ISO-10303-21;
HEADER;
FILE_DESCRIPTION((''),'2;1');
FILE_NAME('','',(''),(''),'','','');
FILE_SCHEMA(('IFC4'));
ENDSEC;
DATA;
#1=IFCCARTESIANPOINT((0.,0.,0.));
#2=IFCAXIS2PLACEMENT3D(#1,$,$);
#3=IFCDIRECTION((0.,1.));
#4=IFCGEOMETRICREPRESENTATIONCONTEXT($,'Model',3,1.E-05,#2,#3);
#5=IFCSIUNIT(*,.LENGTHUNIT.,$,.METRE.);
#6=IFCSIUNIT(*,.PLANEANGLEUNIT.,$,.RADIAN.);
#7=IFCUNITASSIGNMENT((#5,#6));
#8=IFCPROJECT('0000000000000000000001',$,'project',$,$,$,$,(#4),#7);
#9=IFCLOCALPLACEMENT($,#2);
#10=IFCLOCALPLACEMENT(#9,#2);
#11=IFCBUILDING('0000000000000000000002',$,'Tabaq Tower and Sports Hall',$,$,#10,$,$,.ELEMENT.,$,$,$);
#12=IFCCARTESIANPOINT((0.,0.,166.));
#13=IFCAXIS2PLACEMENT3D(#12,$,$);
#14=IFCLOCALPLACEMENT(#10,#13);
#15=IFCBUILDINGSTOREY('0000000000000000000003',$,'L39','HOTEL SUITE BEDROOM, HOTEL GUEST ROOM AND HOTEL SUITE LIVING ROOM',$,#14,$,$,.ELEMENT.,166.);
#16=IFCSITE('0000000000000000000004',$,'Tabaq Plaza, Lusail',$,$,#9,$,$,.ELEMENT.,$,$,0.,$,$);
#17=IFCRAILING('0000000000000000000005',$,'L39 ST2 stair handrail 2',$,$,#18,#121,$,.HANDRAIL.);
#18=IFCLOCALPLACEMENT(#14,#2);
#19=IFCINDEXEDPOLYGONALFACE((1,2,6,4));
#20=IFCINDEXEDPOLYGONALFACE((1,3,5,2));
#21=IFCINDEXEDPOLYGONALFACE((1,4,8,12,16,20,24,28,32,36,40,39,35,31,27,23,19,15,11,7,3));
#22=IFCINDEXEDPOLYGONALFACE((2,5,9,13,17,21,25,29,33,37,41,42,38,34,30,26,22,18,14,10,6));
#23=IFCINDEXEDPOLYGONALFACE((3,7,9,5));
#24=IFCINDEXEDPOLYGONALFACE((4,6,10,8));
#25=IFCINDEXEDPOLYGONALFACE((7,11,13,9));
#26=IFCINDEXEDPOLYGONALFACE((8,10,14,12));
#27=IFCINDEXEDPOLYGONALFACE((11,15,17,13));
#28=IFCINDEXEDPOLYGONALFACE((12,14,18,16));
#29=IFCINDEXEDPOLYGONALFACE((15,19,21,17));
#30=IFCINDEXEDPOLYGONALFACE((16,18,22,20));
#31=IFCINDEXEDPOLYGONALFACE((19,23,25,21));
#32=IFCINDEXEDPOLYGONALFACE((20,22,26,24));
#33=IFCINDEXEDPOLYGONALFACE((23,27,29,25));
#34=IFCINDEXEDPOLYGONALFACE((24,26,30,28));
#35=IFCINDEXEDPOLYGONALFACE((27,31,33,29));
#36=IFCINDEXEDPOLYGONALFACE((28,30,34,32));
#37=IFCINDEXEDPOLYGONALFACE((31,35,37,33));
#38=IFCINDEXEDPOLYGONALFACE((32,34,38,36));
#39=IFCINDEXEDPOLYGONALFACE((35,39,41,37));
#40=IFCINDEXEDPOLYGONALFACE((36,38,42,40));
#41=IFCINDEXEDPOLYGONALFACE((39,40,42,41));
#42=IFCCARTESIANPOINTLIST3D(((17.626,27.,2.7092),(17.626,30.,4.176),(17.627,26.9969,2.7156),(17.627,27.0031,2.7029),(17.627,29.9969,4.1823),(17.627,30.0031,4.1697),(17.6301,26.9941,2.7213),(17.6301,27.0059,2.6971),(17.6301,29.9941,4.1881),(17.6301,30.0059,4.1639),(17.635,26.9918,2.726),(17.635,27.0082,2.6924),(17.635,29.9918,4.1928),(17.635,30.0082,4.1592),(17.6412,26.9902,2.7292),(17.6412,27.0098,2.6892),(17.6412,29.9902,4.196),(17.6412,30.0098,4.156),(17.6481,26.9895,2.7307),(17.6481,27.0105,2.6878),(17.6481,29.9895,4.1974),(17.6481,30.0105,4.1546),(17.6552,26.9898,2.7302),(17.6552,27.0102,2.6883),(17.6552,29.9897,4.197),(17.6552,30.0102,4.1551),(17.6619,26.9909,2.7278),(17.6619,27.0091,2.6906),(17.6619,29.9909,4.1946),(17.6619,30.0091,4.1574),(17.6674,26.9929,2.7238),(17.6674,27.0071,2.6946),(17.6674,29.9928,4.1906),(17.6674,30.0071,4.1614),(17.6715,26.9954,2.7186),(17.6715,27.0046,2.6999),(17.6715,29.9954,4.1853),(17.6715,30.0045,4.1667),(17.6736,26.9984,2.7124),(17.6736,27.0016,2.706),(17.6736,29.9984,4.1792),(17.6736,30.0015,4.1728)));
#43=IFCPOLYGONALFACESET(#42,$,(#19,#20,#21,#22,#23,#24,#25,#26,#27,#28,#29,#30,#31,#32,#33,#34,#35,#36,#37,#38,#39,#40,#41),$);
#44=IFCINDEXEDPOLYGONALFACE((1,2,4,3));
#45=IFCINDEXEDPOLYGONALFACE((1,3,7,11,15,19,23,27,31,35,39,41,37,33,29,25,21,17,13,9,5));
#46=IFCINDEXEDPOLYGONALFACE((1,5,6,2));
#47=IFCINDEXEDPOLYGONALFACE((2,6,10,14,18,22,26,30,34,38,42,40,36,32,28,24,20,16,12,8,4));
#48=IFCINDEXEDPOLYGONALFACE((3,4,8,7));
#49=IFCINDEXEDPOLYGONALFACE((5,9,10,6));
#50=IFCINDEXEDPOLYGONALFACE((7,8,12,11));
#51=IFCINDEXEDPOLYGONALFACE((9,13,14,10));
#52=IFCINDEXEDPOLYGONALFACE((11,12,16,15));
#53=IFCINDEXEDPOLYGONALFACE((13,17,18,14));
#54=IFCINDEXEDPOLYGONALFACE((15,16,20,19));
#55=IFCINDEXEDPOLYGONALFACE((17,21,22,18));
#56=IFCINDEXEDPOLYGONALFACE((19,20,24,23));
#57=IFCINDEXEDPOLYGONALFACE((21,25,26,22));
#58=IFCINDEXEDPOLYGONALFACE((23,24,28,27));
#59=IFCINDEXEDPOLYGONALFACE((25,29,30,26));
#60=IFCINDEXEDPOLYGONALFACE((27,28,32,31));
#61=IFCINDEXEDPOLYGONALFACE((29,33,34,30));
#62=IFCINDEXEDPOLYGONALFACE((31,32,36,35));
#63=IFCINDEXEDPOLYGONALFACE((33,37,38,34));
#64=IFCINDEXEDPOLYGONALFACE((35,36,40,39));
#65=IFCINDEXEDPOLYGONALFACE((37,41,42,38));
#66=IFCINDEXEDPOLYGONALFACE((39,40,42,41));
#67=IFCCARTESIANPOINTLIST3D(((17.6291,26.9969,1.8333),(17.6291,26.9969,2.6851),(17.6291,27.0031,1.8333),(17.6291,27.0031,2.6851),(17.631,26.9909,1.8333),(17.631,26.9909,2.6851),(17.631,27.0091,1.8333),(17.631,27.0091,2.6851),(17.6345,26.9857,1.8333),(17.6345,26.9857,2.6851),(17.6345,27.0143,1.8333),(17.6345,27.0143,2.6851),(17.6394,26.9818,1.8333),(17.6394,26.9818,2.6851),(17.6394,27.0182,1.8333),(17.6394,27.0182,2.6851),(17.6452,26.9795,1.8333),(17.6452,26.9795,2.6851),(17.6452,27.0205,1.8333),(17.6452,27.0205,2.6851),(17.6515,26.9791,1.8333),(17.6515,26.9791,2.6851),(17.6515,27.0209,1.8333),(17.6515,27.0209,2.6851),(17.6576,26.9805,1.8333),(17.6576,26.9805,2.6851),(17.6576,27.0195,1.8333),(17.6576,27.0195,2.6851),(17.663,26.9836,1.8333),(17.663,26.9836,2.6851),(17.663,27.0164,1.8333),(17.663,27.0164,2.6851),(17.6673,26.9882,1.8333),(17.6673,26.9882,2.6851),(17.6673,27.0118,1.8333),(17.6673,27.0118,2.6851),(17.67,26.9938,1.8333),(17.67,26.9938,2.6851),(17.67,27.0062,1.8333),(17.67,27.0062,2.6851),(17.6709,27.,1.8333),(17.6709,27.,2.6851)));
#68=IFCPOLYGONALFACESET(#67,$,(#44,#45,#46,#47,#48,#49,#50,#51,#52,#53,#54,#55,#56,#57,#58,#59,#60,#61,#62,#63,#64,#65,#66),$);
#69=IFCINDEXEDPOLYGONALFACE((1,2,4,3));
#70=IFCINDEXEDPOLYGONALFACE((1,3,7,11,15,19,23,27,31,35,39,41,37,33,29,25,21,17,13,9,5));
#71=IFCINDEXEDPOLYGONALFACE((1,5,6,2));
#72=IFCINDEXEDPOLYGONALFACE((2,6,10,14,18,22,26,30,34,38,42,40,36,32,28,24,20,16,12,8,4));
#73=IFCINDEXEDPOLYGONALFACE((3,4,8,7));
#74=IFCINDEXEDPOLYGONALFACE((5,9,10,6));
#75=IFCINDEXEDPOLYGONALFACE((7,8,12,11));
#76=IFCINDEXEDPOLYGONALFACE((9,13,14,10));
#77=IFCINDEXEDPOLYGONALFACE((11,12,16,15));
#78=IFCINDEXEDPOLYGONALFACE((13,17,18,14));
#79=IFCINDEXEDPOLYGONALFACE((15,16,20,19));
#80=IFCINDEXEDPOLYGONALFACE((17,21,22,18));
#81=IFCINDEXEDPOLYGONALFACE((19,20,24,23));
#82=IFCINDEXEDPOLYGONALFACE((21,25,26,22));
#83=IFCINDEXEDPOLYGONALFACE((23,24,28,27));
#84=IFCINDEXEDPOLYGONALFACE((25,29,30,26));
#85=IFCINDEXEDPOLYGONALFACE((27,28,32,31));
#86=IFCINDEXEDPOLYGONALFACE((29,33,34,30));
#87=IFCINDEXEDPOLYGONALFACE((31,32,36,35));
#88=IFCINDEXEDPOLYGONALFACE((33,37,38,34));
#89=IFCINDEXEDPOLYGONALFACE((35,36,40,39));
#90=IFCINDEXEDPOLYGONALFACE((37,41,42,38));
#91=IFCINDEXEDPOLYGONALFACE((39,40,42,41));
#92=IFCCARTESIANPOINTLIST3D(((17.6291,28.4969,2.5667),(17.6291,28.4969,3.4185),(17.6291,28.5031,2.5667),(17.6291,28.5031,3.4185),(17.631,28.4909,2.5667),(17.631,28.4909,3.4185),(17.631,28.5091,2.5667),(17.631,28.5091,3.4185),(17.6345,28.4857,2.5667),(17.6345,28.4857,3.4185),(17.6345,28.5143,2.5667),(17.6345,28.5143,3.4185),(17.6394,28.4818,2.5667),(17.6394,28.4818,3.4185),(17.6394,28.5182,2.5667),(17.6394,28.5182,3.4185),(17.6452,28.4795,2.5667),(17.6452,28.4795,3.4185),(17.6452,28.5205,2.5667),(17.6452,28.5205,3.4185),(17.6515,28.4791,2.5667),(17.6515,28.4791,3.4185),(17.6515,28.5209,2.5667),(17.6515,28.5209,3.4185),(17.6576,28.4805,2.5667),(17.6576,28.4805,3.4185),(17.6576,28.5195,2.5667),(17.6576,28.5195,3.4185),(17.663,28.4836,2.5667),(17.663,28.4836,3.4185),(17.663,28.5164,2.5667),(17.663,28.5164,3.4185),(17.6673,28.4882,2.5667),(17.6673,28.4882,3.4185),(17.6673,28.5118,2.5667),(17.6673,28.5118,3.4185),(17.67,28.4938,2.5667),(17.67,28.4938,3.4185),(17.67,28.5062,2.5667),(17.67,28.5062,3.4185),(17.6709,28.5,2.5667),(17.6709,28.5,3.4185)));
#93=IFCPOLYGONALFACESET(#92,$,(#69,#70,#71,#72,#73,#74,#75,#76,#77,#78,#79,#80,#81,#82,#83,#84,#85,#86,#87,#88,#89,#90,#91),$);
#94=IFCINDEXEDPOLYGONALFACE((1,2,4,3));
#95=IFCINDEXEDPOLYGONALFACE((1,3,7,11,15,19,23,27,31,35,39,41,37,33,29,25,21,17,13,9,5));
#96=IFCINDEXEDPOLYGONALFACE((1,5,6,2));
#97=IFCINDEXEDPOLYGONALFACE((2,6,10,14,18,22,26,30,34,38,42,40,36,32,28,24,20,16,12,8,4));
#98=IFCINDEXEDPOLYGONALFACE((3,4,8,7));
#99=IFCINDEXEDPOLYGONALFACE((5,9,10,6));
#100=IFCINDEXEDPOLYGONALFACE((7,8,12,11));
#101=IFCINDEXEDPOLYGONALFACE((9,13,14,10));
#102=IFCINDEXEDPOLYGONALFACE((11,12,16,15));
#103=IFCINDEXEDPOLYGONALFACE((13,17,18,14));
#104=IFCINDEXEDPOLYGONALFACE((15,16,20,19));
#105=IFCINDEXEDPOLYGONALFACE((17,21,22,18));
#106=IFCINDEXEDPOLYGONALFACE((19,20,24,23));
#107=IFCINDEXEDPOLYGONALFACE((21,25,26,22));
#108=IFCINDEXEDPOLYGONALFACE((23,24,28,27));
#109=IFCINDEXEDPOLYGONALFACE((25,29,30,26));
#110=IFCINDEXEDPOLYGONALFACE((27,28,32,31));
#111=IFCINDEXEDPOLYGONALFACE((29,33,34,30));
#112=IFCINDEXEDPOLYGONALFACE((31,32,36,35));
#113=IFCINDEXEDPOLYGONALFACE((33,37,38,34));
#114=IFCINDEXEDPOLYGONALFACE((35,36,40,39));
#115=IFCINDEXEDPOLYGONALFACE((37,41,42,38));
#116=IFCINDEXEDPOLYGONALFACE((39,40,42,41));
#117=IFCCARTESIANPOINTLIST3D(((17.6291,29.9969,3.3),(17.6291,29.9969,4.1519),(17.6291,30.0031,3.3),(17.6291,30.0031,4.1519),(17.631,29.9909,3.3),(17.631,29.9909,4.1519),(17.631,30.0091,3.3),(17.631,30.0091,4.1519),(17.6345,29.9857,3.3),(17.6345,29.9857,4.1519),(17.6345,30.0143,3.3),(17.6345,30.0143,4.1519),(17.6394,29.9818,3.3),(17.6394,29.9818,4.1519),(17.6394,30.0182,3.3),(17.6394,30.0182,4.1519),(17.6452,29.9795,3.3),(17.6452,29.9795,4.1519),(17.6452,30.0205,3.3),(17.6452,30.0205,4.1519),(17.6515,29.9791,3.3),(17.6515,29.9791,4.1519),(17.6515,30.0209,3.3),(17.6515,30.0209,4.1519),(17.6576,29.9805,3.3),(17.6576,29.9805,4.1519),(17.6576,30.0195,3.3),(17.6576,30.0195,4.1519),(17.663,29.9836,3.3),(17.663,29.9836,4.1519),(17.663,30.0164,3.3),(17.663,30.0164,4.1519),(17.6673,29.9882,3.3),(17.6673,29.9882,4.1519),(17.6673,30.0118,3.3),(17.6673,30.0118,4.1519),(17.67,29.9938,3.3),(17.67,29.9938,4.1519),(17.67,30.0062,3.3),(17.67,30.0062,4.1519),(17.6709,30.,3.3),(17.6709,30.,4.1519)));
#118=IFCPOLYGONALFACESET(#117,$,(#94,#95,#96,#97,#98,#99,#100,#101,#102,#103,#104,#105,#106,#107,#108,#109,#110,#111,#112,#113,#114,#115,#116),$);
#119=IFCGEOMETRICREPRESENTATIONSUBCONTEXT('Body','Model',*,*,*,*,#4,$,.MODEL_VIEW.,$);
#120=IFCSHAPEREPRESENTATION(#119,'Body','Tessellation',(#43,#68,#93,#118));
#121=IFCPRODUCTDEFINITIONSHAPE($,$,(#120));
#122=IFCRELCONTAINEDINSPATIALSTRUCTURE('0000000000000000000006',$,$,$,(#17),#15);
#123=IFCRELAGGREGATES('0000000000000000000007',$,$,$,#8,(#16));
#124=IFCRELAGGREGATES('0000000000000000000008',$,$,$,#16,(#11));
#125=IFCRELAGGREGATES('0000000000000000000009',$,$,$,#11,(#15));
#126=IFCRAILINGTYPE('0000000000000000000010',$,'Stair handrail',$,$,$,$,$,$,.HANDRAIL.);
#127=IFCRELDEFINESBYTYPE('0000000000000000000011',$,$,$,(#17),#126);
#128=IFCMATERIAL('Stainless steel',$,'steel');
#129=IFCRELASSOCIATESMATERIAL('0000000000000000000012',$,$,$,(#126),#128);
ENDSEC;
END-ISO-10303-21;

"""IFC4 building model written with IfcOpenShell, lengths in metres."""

from ifc_helpers import new_model, si_unit, direction, frame, origin, origin_2d, place, context, subcontext, project, spatial, circle, extrude, material, type_object, element, save


model = new_model("IFC4")

# Units and contexts
model_context = context("Model", 3, precision=1e-05, world=origin(), true_north=direction((0.0, 1.0)))
body_context = subcontext(model_context, "Body", "Model", "MODEL_VIEW")
ifc_project = project(units=[si_unit("LENGTHUNIT", "METRE"), si_unit("PLANEANGLEUNIT", "RADIAN")], contexts=[model_context])

# Site, building, storey
site_placement = place(None, origin())
site = spatial("IfcSite", under=ifc_project, at=site_placement, Name="Tabaq Plaza, Lusail", CompositionType="ELEMENT", RefElevation=0.0)
building_placement = place(site_placement, origin())
building = spatial("IfcBuilding", under=site, at=building_placement, Name="Tabaq Tower and Sports Hall", CompositionType="ELEMENT")
storey_placement = place(building_placement, frame((0.0, 0.0, 166.0)))
storey = spatial("IfcBuildingStorey", under=building, at=storey_placement, Name="L39", Description="HOTEL SUITE BEDROOM, HOTEL GUEST ROOM AND HOTEL SUITE LIVING ROOM", CompositionType="ELEMENT", Elevation=166.0)

# Railing
ifc_material_1 = material(Name="Stainless steel", Category="steel")
railing_type_1 = type_object("IfcRailingType", Name="Stair handrail", PredefinedType="HANDRAIL", material=ifc_material_1)
railing_1_placement = place(storey_placement, frame((17.6499, 27.0, 1.8333)))
element("IfcRailing", 1, at=railing_1_placement, inside=storey, type_object=railing_type_1, Name="L39 ST2 stair handrail 2", PredefinedType="HANDRAIL", context=body_context, shape_type="SweptSolid", body=[
    extrude(circle(Radius=0.0239, at=origin_2d()), frame((0.0, 0.0, 0.876), z_axis=(0.0, 0.898369, 0.439242), x_axis=(-1.0, 0.0, 0.0)), (0.0, 0.0, 1.0), 3.3394),
    extrude(circle(Radius=0.021, at=origin_2d()), origin(), (0.0, 0.0, 1.0), 0.8518),
    extrude(circle(Radius=0.021, at=origin_2d()), frame((0.0, 1.5, 0.7334)), (0.0, 0.0, 1.0), 0.8518),
    extrude(circle(Radius=0.021, at=origin_2d()), frame((0.0, 3.0, 1.4668)), (0.0, 0.0, 1.0), 0.8518),
])

save(model, "model.ifc")
